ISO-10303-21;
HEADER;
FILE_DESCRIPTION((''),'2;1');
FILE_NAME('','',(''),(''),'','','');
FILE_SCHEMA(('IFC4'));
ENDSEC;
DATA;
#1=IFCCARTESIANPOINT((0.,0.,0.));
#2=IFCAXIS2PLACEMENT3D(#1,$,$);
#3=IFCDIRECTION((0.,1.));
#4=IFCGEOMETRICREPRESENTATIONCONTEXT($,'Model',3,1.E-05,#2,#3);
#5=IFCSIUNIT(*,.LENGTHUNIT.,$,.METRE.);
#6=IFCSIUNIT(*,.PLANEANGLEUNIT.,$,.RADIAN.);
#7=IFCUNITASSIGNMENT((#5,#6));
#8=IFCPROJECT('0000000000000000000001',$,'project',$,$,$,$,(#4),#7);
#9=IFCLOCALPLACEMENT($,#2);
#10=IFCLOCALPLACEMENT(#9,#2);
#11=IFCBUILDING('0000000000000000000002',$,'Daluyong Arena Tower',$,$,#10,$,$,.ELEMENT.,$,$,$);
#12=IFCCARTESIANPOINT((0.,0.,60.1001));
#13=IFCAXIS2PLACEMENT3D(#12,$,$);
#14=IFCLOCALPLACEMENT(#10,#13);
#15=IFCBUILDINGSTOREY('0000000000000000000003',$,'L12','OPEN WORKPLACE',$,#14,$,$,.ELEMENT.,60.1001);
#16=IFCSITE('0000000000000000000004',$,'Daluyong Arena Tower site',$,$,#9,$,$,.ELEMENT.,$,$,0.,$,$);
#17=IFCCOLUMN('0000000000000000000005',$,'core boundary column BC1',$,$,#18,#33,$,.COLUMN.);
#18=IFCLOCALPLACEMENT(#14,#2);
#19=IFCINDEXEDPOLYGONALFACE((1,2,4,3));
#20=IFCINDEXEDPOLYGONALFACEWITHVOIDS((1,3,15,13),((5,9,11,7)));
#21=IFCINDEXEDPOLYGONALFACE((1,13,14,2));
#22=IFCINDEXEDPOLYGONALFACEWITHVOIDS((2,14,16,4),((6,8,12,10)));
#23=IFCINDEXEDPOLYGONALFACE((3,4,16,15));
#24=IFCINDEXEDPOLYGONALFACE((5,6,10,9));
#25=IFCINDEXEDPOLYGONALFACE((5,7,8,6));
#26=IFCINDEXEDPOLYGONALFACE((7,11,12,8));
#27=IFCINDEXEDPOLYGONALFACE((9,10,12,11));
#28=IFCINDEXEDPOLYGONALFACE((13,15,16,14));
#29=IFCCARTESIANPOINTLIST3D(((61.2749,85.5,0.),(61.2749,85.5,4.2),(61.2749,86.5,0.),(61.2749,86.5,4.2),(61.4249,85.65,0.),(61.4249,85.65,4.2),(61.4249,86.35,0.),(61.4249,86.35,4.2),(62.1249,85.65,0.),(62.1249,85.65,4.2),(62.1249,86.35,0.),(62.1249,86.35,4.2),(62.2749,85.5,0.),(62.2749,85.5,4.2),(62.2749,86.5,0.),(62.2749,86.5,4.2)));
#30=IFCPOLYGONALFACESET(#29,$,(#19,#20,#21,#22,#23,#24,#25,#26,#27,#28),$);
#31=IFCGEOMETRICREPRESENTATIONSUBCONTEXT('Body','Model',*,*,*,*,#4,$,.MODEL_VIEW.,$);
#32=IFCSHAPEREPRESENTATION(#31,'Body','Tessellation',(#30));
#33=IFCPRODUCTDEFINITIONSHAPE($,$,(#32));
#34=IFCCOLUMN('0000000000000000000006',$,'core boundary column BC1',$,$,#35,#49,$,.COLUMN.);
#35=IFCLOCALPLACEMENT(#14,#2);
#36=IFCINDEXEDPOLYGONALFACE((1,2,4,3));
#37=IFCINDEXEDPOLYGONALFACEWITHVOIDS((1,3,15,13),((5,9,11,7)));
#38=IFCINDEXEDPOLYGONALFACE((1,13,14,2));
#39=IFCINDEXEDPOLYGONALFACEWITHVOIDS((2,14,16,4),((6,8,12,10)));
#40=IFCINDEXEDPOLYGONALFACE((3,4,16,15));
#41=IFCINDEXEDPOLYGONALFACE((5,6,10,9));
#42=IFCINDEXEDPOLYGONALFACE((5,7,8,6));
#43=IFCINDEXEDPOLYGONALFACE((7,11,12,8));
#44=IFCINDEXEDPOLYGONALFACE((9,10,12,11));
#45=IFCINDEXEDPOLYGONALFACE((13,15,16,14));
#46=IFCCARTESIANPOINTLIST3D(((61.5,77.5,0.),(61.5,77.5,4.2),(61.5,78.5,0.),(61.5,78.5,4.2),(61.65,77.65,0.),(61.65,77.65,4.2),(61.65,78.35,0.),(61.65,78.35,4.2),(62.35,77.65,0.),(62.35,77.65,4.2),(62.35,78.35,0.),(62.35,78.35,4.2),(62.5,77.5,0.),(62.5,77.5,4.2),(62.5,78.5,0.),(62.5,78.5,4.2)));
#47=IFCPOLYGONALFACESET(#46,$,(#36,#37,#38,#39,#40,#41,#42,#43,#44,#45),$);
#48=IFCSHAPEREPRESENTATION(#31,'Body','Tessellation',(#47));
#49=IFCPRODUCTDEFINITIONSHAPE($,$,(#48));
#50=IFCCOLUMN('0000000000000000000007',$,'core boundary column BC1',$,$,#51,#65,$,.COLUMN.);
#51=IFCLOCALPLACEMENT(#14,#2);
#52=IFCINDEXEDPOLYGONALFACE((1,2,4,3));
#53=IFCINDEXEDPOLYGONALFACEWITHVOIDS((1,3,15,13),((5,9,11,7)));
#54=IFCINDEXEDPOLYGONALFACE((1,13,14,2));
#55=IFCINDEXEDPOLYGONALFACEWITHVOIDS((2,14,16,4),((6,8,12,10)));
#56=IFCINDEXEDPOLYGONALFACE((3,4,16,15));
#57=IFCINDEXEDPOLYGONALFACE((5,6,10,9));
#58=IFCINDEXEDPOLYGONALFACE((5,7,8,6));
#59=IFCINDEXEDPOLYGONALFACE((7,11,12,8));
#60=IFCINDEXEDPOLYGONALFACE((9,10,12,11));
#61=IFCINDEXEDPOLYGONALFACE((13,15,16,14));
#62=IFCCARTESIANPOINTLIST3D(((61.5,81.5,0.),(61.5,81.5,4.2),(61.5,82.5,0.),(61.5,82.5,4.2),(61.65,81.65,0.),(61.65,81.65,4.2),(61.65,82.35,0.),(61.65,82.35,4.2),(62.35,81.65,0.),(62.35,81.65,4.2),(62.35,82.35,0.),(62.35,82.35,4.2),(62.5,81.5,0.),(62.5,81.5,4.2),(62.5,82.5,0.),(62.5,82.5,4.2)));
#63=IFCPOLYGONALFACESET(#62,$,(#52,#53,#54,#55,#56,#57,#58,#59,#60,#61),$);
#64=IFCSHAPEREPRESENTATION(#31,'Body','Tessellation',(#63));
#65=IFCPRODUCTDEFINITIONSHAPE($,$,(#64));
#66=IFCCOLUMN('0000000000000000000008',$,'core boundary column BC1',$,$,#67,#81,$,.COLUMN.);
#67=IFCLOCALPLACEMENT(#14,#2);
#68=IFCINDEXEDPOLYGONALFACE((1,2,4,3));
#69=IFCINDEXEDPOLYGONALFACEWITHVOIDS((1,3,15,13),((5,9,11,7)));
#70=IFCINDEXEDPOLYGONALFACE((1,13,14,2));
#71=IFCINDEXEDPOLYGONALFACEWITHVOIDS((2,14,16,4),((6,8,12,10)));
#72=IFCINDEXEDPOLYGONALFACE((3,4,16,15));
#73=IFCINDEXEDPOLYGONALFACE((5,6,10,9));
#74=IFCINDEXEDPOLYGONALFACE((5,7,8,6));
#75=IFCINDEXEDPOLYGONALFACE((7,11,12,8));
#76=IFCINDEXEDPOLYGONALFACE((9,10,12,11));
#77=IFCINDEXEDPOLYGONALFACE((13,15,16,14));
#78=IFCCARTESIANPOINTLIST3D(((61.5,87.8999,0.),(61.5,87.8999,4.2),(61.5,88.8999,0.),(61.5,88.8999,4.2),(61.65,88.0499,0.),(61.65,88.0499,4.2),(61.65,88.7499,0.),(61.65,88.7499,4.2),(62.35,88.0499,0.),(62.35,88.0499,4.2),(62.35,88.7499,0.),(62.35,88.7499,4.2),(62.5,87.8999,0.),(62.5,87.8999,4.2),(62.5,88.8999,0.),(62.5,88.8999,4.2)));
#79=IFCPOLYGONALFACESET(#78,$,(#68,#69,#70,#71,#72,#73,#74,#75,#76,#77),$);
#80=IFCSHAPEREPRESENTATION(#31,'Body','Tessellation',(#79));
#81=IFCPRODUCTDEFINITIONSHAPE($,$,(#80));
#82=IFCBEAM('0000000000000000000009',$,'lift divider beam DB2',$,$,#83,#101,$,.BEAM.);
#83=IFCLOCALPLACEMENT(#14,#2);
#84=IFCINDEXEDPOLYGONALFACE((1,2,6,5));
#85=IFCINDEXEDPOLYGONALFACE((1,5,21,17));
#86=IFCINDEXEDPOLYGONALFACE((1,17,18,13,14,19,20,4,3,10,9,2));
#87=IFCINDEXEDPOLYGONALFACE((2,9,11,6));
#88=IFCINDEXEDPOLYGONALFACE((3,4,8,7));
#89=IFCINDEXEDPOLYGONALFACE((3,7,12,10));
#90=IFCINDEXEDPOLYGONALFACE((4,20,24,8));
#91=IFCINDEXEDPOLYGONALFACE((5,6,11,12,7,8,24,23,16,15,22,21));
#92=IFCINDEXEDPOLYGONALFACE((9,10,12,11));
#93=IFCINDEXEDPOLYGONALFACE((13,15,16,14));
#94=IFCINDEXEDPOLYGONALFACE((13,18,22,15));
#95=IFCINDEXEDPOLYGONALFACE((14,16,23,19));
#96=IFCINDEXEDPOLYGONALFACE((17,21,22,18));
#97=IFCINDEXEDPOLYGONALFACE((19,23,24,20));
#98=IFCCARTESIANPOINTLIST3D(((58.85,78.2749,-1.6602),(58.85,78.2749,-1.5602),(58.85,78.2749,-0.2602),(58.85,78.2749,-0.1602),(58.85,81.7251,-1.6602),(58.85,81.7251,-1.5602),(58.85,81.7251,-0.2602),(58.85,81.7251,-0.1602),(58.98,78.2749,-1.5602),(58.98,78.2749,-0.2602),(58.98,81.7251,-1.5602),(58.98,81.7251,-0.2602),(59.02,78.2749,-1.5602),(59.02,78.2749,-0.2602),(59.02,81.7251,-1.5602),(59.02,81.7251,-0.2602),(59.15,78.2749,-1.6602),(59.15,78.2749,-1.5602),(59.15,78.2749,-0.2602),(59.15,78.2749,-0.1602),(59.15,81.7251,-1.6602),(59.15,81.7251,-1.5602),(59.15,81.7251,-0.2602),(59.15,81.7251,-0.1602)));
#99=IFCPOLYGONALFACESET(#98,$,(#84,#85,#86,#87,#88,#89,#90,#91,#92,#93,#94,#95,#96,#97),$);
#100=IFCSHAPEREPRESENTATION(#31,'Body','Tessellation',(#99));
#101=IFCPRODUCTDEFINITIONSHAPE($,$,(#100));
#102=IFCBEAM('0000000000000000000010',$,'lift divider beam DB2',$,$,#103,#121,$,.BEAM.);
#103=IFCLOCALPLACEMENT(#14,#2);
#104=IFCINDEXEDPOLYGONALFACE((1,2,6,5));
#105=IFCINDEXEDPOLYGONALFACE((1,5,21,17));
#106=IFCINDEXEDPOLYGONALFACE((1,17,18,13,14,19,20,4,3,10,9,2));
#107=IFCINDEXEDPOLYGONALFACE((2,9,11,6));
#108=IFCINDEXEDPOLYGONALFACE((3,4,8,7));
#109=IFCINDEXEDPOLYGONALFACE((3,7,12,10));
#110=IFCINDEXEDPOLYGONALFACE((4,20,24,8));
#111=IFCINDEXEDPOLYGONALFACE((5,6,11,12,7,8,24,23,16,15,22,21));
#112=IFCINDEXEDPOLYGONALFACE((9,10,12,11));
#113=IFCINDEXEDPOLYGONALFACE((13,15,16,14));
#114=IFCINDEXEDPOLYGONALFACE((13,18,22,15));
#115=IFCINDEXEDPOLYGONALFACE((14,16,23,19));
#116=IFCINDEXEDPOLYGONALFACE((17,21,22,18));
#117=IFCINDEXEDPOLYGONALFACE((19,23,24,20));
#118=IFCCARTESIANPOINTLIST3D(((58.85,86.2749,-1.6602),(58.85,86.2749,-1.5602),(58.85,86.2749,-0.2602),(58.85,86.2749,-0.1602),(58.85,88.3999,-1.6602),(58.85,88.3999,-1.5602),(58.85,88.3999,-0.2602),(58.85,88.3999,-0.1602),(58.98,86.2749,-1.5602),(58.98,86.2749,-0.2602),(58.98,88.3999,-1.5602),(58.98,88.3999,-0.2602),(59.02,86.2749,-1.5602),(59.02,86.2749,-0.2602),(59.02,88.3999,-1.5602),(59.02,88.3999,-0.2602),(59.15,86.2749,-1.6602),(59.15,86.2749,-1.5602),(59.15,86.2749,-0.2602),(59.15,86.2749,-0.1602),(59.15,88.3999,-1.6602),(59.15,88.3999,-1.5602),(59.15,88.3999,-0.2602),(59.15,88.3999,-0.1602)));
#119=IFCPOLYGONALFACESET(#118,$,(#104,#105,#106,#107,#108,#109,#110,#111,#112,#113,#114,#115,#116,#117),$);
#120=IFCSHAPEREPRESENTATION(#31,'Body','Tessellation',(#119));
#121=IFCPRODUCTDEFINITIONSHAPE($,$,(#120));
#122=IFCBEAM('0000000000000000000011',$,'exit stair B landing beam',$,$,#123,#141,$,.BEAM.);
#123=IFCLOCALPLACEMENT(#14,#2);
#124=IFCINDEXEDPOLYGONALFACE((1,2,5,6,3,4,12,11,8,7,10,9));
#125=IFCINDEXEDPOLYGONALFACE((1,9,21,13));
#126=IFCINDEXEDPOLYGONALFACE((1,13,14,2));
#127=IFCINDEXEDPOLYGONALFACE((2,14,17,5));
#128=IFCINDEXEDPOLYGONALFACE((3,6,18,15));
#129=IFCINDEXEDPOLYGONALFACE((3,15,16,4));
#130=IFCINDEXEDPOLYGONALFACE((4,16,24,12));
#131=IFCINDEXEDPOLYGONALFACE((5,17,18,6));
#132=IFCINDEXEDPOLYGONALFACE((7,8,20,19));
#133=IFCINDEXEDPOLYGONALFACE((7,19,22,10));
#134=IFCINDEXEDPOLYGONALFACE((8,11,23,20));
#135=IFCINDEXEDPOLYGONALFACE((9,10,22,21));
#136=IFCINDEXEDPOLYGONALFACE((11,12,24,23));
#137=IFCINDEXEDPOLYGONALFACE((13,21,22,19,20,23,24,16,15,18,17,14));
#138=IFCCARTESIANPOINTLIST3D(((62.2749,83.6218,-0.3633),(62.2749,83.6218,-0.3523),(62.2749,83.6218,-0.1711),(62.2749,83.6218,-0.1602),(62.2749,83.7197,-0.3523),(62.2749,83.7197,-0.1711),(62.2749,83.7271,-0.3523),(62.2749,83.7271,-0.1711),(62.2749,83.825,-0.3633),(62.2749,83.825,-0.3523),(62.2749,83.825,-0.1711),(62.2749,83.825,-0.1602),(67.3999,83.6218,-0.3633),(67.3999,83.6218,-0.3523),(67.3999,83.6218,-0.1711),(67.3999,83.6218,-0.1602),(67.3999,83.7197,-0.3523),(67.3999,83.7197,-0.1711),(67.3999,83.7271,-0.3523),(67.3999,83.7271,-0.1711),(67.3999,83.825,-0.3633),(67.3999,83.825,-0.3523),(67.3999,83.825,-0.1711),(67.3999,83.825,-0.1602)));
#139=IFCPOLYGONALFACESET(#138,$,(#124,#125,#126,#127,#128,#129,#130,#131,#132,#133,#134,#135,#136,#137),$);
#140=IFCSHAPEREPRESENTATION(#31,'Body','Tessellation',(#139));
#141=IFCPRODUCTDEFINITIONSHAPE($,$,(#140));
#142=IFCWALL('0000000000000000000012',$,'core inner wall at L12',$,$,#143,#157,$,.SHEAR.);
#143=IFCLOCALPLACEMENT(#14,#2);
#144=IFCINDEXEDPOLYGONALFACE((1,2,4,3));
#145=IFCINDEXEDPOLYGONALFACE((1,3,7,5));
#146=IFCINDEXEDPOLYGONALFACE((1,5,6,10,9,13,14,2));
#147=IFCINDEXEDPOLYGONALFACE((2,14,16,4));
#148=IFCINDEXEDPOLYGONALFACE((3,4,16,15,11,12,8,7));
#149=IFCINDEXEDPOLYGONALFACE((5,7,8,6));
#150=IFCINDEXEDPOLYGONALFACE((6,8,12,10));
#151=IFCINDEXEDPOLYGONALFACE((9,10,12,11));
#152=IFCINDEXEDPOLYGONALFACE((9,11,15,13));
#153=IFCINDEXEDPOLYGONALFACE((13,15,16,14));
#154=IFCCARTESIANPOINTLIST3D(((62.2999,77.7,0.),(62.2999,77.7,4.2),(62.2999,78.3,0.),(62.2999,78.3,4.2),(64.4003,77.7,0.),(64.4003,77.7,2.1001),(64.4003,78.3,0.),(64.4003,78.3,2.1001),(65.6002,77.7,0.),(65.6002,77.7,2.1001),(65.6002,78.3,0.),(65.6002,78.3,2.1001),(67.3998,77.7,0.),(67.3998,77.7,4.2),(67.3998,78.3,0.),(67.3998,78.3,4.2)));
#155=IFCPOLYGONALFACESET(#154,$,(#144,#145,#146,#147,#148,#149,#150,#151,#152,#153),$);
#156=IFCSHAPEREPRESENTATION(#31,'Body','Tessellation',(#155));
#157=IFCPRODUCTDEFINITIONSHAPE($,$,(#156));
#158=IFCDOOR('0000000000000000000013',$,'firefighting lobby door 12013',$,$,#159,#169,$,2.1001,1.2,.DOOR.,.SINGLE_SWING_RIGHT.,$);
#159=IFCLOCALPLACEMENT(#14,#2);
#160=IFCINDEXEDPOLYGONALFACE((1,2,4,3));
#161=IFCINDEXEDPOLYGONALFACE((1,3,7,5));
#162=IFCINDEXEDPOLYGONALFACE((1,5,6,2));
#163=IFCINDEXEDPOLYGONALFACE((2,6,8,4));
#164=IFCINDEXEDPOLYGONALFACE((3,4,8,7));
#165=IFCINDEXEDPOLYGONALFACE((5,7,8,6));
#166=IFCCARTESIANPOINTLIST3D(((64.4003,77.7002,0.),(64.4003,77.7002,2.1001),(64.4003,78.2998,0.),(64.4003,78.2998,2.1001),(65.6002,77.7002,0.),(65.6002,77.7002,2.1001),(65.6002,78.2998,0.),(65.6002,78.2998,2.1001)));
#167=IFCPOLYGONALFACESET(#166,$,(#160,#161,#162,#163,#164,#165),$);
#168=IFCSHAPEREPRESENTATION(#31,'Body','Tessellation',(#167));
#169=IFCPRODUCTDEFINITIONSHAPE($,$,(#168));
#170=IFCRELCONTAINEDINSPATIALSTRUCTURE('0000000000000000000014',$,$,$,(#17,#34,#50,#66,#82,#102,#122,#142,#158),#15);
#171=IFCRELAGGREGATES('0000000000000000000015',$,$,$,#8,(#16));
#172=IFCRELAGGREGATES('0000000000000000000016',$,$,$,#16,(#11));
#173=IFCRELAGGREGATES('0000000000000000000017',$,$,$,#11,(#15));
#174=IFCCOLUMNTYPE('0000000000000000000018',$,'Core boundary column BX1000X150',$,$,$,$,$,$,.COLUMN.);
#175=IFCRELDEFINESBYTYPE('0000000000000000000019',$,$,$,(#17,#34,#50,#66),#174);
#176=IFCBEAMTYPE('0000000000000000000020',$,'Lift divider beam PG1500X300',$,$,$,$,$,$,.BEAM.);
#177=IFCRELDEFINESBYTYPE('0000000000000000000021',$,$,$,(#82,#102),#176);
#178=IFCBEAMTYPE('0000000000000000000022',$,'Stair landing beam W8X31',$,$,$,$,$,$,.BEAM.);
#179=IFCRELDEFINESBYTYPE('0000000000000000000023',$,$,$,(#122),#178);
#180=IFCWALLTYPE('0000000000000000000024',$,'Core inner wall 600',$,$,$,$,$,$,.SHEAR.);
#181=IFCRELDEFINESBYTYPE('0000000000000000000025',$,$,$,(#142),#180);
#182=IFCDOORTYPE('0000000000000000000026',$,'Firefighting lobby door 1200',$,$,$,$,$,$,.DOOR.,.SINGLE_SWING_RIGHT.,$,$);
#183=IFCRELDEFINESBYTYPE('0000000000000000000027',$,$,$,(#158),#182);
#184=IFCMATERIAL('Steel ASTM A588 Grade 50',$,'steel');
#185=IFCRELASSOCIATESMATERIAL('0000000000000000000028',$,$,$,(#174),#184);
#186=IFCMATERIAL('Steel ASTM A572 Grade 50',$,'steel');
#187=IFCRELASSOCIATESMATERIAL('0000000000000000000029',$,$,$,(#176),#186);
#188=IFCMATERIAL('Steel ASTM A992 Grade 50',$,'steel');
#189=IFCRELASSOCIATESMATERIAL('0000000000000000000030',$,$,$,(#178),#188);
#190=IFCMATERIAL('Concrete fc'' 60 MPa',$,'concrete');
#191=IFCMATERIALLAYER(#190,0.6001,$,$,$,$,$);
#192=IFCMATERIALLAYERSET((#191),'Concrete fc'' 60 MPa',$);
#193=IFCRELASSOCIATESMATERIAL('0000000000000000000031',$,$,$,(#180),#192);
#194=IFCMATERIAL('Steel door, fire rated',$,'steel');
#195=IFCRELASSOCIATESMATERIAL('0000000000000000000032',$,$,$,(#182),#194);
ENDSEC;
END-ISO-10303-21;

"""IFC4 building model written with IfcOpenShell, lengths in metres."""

from ifc_helpers import new_model, si_unit, direction, frame, frame_2d, origin, origin_2d, place, context, subcontext, project, spatial, rectangle, hollow_rectangle, i_section, extrude, material, layer, layer_set, material_profile, profile_set, type_object, element, fill, save


model = new_model("IFC4")

# Units and contexts
model_context = context("Model", 3, precision=1e-05, world=origin(), true_north=direction((0.0, 1.0)))
body_context = subcontext(model_context, "Body", "Model", "MODEL_VIEW")
ifc_project = project(units=[si_unit("LENGTHUNIT", "METRE"), si_unit("PLANEANGLEUNIT", "RADIAN")], contexts=[model_context])

# Site, building, storey
site_placement = place(None, origin())
site = spatial("IfcSite", under=ifc_project, at=site_placement, Name="Daluyong Arena Tower site", CompositionType="ELEMENT", RefElevation=0.0)
building_placement = place(site_placement, origin())
building = spatial("IfcBuilding", under=site, at=building_placement, Name="Daluyong Arena Tower", CompositionType="ELEMENT")
storey_placement = place(building_placement, frame((0.0, 0.0, 60.1001)))
storey = spatial("IfcBuildingStorey", under=building, at=storey_placement, Name="L12", Description="OPEN WORKPLACE", CompositionType="ELEMENT", Elevation=60.1001)

# Columns
ifc_material_1 = material(Name="Steel ASTM A588 Grade 50", Category="steel")
ifc_material_profile_1 = material_profile(ifc_material_1, hollow_rectangle(XDim=1.0, YDim=1.0, WallThickness=0.15, at=origin_2d()))
ifc_profile_set_1 = profile_set([ifc_material_profile_1], Name="Steel ASTM A588 Grade 50")
column_type = type_object("IfcColumnType", Name="Core boundary column BX1000X150", PredefinedType="COLUMN", material=ifc_profile_set_1)
for number, where, z_axis, x_axis, name in (
    (1, (61.7749, 86.0, 0.0), (0.0, 0.0, 1.0), (1.0, 0.0, 0.0), "core boundary column BC1"),
    (2, (62.0, 78.0, 0.0), (0.0, 0.0, 1.0), (1.0, 0.0, 0.0), "core boundary column BC1"),
    (3, (62.0, 82.0, 0.0), (0.0, 0.0, 1.0), (1.0, 0.0, 0.0), "core boundary column BC1"),
    (4, (62.0, 88.3999, 0.0), (0.0, 0.0, 1.0), (1.0, 0.0, 0.0), "core boundary column BC1"),
):
    element("IfcColumn", number, at=place(storey_placement, frame(where, z_axis=z_axis, x_axis=x_axis)), inside=storey, type_object=column_type, Name=name, PredefinedType="COLUMN", context=body_context, shape_type="SweptSolid", body=[
        extrude(hollow_rectangle(XDim=1.0, YDim=1.0, WallThickness=0.15, at=origin_2d()), origin(), (0.0, 0.0, 1.0), 4.2),
    ])

# Beams
ifc_material_2 = material(Name="Steel ASTM A572 Grade 50", Category="steel")
ifc_material_profile_2 = material_profile(ifc_material_2, i_section(OverallWidth=0.3, OverallDepth=1.5, WebThickness=0.04, FlangeThickness=0.1, at=origin_2d()))
ifc_profile_set_2 = profile_set([ifc_material_profile_2], Name="Steel ASTM A572 Grade 50")
beam_type_1 = type_object("IfcBeamType", Name="Lift divider beam PG1500X300", PredefinedType="BEAM", material=ifc_profile_set_2)
beam_1_placement = place(storey_placement, frame((59.0, 78.2749, -0.9102), z_axis=(0.0, 1.0, 0.0), x_axis=(-1.0, 0.0, 0.0)))
element("IfcBeam", 5, at=beam_1_placement, inside=storey, type_object=beam_type_1, Name="lift divider beam DB2", PredefinedType="BEAM", context=body_context, shape_type="SweptSolid", body=[
    extrude(i_section(OverallWidth=0.3, OverallDepth=1.5, WebThickness=0.04, FlangeThickness=0.1, at=origin_2d()), origin(), (0.0, 0.0, 1.0), 3.4502),
])
beam_2_placement = place(storey_placement, frame((59.0, 86.2749, -0.9102), z_axis=(0.0, 1.0, 0.0), x_axis=(-1.0, 0.0, 0.0)))
element("IfcBeam", 6, at=beam_2_placement, inside=storey, type_object=beam_type_1, Name="lift divider beam DB2", PredefinedType="BEAM", context=body_context, shape_type="SweptSolid", body=[
    extrude(i_section(OverallWidth=0.3, OverallDepth=1.5, WebThickness=0.04, FlangeThickness=0.1, at=origin_2d()), origin(), (0.0, 0.0, 1.0), 2.125),
])
ifc_material_3 = material(Name="Steel ASTM A992 Grade 50", Category="steel")
ifc_material_profile_3 = material_profile(ifc_material_3, i_section(OverallWidth=0.2031, OverallDepth=0.2031, WebThickness=0.0073, FlangeThickness=0.011, at=origin_2d()))
ifc_profile_set_3 = profile_set([ifc_material_profile_3], Name="Steel ASTM A992 Grade 50")
beam_type_2 = type_object("IfcBeamType", Name="Stair landing beam W8X31", PredefinedType="BEAM", material=ifc_profile_set_3)
beam_3_placement = place(storey_placement, frame((62.2749, 83.7234, -0.2617), z_axis=(1.0, 0.0, 0.0), x_axis=(0.0, 1.0, 0.0)))
element("IfcBeam", 7, at=beam_3_placement, inside=storey, type_object=beam_type_2, Name="exit stair B landing beam", PredefinedType="BEAM", context=body_context, shape_type="SweptSolid", body=[
    extrude(i_section(OverallWidth=0.2031, OverallDepth=0.2031, WebThickness=0.0073, FlangeThickness=0.011, at=origin_2d()), origin(), (0.0, 0.0, 1.0), 5.125),
])

# Wall, opening, door
ifc_material_4 = material(Name="Concrete fc' 60 MPa", Category="concrete")
ifc_layer_1 = layer(ifc_material_4, 0.6001)
ifc_layer_set_1 = layer_set([ifc_layer_1], Name="Concrete fc' 60 MPa")
wall_type_1 = type_object("IfcWallType", Name="Core inner wall 600", PredefinedType="SHEAR", material=ifc_layer_set_1)
wall_1_placement = place(storey_placement, frame((62.3, 78.0, 0.0), z_axis=(0.0, 0.0, 1.0), x_axis=(1.0, 0.0, 0.0)))
wall_1 = element("IfcWall", 8, at=wall_1_placement, inside=storey, type_object=wall_type_1, Name="core inner wall at L12", PredefinedType="SHEAR", context=body_context, shape_type="SweptSolid", body=[
    extrude(rectangle(XDim=5.0999, YDim=0.6001, at=frame_2d((2.5498, 0.0))), origin(), (0.0, 0.0, 1.0), 4.2),
])
opening_1_placement = place(wall_1_placement, frame((2.1001, 0.0, 0.0)))
opening_1 = element("IfcOpeningElement", 9, at=opening_1_placement, cuts=wall_1, PredefinedType="OPENING", context=body_context, shape_type="SweptSolid", body=[
    extrude(rectangle(XDim=1.2, YDim=2.1001, at=frame_2d((0.6001, 1.05))), frame((0.0, 0.3101, 0.0), z_axis=(0.0, -1.0, 0.0), x_axis=(1.0, 0.0, 0.0)), (0.0, 0.0, 1.0), 0.6201),
])
ifc_material_5 = material(Name="Steel door, fire rated", Category="steel")
door_type_1 = type_object("IfcDoorType", Name="Firefighting lobby door 1200", OperationType="SINGLE_SWING_RIGHT", PredefinedType="DOOR", material=ifc_material_5)
door_1_placement = place(opening_1_placement, origin())
door_1 = element("IfcDoor", 10, at=door_1_placement, inside=storey, type_object=door_type_1, Name="firefighting lobby door 12013", OperationType="SINGLE_SWING_RIGHT", OverallHeight=2.1001, OverallWidth=1.2, PredefinedType="DOOR", context=body_context, shape_type="SweptSolid", body=[
    extrude(rectangle(XDim=1.2, YDim=2.1001, at=frame_2d((0.6001, 1.05))), frame((0.0, 0.2998, 0.0), z_axis=(0.0, -1.0, 0.0), x_axis=(1.0, 0.0, 0.0)), (0.0, 0.0, 1.0), 0.5996),
])
fill(opening_1, door_1)

save(model, "model.ifc")
